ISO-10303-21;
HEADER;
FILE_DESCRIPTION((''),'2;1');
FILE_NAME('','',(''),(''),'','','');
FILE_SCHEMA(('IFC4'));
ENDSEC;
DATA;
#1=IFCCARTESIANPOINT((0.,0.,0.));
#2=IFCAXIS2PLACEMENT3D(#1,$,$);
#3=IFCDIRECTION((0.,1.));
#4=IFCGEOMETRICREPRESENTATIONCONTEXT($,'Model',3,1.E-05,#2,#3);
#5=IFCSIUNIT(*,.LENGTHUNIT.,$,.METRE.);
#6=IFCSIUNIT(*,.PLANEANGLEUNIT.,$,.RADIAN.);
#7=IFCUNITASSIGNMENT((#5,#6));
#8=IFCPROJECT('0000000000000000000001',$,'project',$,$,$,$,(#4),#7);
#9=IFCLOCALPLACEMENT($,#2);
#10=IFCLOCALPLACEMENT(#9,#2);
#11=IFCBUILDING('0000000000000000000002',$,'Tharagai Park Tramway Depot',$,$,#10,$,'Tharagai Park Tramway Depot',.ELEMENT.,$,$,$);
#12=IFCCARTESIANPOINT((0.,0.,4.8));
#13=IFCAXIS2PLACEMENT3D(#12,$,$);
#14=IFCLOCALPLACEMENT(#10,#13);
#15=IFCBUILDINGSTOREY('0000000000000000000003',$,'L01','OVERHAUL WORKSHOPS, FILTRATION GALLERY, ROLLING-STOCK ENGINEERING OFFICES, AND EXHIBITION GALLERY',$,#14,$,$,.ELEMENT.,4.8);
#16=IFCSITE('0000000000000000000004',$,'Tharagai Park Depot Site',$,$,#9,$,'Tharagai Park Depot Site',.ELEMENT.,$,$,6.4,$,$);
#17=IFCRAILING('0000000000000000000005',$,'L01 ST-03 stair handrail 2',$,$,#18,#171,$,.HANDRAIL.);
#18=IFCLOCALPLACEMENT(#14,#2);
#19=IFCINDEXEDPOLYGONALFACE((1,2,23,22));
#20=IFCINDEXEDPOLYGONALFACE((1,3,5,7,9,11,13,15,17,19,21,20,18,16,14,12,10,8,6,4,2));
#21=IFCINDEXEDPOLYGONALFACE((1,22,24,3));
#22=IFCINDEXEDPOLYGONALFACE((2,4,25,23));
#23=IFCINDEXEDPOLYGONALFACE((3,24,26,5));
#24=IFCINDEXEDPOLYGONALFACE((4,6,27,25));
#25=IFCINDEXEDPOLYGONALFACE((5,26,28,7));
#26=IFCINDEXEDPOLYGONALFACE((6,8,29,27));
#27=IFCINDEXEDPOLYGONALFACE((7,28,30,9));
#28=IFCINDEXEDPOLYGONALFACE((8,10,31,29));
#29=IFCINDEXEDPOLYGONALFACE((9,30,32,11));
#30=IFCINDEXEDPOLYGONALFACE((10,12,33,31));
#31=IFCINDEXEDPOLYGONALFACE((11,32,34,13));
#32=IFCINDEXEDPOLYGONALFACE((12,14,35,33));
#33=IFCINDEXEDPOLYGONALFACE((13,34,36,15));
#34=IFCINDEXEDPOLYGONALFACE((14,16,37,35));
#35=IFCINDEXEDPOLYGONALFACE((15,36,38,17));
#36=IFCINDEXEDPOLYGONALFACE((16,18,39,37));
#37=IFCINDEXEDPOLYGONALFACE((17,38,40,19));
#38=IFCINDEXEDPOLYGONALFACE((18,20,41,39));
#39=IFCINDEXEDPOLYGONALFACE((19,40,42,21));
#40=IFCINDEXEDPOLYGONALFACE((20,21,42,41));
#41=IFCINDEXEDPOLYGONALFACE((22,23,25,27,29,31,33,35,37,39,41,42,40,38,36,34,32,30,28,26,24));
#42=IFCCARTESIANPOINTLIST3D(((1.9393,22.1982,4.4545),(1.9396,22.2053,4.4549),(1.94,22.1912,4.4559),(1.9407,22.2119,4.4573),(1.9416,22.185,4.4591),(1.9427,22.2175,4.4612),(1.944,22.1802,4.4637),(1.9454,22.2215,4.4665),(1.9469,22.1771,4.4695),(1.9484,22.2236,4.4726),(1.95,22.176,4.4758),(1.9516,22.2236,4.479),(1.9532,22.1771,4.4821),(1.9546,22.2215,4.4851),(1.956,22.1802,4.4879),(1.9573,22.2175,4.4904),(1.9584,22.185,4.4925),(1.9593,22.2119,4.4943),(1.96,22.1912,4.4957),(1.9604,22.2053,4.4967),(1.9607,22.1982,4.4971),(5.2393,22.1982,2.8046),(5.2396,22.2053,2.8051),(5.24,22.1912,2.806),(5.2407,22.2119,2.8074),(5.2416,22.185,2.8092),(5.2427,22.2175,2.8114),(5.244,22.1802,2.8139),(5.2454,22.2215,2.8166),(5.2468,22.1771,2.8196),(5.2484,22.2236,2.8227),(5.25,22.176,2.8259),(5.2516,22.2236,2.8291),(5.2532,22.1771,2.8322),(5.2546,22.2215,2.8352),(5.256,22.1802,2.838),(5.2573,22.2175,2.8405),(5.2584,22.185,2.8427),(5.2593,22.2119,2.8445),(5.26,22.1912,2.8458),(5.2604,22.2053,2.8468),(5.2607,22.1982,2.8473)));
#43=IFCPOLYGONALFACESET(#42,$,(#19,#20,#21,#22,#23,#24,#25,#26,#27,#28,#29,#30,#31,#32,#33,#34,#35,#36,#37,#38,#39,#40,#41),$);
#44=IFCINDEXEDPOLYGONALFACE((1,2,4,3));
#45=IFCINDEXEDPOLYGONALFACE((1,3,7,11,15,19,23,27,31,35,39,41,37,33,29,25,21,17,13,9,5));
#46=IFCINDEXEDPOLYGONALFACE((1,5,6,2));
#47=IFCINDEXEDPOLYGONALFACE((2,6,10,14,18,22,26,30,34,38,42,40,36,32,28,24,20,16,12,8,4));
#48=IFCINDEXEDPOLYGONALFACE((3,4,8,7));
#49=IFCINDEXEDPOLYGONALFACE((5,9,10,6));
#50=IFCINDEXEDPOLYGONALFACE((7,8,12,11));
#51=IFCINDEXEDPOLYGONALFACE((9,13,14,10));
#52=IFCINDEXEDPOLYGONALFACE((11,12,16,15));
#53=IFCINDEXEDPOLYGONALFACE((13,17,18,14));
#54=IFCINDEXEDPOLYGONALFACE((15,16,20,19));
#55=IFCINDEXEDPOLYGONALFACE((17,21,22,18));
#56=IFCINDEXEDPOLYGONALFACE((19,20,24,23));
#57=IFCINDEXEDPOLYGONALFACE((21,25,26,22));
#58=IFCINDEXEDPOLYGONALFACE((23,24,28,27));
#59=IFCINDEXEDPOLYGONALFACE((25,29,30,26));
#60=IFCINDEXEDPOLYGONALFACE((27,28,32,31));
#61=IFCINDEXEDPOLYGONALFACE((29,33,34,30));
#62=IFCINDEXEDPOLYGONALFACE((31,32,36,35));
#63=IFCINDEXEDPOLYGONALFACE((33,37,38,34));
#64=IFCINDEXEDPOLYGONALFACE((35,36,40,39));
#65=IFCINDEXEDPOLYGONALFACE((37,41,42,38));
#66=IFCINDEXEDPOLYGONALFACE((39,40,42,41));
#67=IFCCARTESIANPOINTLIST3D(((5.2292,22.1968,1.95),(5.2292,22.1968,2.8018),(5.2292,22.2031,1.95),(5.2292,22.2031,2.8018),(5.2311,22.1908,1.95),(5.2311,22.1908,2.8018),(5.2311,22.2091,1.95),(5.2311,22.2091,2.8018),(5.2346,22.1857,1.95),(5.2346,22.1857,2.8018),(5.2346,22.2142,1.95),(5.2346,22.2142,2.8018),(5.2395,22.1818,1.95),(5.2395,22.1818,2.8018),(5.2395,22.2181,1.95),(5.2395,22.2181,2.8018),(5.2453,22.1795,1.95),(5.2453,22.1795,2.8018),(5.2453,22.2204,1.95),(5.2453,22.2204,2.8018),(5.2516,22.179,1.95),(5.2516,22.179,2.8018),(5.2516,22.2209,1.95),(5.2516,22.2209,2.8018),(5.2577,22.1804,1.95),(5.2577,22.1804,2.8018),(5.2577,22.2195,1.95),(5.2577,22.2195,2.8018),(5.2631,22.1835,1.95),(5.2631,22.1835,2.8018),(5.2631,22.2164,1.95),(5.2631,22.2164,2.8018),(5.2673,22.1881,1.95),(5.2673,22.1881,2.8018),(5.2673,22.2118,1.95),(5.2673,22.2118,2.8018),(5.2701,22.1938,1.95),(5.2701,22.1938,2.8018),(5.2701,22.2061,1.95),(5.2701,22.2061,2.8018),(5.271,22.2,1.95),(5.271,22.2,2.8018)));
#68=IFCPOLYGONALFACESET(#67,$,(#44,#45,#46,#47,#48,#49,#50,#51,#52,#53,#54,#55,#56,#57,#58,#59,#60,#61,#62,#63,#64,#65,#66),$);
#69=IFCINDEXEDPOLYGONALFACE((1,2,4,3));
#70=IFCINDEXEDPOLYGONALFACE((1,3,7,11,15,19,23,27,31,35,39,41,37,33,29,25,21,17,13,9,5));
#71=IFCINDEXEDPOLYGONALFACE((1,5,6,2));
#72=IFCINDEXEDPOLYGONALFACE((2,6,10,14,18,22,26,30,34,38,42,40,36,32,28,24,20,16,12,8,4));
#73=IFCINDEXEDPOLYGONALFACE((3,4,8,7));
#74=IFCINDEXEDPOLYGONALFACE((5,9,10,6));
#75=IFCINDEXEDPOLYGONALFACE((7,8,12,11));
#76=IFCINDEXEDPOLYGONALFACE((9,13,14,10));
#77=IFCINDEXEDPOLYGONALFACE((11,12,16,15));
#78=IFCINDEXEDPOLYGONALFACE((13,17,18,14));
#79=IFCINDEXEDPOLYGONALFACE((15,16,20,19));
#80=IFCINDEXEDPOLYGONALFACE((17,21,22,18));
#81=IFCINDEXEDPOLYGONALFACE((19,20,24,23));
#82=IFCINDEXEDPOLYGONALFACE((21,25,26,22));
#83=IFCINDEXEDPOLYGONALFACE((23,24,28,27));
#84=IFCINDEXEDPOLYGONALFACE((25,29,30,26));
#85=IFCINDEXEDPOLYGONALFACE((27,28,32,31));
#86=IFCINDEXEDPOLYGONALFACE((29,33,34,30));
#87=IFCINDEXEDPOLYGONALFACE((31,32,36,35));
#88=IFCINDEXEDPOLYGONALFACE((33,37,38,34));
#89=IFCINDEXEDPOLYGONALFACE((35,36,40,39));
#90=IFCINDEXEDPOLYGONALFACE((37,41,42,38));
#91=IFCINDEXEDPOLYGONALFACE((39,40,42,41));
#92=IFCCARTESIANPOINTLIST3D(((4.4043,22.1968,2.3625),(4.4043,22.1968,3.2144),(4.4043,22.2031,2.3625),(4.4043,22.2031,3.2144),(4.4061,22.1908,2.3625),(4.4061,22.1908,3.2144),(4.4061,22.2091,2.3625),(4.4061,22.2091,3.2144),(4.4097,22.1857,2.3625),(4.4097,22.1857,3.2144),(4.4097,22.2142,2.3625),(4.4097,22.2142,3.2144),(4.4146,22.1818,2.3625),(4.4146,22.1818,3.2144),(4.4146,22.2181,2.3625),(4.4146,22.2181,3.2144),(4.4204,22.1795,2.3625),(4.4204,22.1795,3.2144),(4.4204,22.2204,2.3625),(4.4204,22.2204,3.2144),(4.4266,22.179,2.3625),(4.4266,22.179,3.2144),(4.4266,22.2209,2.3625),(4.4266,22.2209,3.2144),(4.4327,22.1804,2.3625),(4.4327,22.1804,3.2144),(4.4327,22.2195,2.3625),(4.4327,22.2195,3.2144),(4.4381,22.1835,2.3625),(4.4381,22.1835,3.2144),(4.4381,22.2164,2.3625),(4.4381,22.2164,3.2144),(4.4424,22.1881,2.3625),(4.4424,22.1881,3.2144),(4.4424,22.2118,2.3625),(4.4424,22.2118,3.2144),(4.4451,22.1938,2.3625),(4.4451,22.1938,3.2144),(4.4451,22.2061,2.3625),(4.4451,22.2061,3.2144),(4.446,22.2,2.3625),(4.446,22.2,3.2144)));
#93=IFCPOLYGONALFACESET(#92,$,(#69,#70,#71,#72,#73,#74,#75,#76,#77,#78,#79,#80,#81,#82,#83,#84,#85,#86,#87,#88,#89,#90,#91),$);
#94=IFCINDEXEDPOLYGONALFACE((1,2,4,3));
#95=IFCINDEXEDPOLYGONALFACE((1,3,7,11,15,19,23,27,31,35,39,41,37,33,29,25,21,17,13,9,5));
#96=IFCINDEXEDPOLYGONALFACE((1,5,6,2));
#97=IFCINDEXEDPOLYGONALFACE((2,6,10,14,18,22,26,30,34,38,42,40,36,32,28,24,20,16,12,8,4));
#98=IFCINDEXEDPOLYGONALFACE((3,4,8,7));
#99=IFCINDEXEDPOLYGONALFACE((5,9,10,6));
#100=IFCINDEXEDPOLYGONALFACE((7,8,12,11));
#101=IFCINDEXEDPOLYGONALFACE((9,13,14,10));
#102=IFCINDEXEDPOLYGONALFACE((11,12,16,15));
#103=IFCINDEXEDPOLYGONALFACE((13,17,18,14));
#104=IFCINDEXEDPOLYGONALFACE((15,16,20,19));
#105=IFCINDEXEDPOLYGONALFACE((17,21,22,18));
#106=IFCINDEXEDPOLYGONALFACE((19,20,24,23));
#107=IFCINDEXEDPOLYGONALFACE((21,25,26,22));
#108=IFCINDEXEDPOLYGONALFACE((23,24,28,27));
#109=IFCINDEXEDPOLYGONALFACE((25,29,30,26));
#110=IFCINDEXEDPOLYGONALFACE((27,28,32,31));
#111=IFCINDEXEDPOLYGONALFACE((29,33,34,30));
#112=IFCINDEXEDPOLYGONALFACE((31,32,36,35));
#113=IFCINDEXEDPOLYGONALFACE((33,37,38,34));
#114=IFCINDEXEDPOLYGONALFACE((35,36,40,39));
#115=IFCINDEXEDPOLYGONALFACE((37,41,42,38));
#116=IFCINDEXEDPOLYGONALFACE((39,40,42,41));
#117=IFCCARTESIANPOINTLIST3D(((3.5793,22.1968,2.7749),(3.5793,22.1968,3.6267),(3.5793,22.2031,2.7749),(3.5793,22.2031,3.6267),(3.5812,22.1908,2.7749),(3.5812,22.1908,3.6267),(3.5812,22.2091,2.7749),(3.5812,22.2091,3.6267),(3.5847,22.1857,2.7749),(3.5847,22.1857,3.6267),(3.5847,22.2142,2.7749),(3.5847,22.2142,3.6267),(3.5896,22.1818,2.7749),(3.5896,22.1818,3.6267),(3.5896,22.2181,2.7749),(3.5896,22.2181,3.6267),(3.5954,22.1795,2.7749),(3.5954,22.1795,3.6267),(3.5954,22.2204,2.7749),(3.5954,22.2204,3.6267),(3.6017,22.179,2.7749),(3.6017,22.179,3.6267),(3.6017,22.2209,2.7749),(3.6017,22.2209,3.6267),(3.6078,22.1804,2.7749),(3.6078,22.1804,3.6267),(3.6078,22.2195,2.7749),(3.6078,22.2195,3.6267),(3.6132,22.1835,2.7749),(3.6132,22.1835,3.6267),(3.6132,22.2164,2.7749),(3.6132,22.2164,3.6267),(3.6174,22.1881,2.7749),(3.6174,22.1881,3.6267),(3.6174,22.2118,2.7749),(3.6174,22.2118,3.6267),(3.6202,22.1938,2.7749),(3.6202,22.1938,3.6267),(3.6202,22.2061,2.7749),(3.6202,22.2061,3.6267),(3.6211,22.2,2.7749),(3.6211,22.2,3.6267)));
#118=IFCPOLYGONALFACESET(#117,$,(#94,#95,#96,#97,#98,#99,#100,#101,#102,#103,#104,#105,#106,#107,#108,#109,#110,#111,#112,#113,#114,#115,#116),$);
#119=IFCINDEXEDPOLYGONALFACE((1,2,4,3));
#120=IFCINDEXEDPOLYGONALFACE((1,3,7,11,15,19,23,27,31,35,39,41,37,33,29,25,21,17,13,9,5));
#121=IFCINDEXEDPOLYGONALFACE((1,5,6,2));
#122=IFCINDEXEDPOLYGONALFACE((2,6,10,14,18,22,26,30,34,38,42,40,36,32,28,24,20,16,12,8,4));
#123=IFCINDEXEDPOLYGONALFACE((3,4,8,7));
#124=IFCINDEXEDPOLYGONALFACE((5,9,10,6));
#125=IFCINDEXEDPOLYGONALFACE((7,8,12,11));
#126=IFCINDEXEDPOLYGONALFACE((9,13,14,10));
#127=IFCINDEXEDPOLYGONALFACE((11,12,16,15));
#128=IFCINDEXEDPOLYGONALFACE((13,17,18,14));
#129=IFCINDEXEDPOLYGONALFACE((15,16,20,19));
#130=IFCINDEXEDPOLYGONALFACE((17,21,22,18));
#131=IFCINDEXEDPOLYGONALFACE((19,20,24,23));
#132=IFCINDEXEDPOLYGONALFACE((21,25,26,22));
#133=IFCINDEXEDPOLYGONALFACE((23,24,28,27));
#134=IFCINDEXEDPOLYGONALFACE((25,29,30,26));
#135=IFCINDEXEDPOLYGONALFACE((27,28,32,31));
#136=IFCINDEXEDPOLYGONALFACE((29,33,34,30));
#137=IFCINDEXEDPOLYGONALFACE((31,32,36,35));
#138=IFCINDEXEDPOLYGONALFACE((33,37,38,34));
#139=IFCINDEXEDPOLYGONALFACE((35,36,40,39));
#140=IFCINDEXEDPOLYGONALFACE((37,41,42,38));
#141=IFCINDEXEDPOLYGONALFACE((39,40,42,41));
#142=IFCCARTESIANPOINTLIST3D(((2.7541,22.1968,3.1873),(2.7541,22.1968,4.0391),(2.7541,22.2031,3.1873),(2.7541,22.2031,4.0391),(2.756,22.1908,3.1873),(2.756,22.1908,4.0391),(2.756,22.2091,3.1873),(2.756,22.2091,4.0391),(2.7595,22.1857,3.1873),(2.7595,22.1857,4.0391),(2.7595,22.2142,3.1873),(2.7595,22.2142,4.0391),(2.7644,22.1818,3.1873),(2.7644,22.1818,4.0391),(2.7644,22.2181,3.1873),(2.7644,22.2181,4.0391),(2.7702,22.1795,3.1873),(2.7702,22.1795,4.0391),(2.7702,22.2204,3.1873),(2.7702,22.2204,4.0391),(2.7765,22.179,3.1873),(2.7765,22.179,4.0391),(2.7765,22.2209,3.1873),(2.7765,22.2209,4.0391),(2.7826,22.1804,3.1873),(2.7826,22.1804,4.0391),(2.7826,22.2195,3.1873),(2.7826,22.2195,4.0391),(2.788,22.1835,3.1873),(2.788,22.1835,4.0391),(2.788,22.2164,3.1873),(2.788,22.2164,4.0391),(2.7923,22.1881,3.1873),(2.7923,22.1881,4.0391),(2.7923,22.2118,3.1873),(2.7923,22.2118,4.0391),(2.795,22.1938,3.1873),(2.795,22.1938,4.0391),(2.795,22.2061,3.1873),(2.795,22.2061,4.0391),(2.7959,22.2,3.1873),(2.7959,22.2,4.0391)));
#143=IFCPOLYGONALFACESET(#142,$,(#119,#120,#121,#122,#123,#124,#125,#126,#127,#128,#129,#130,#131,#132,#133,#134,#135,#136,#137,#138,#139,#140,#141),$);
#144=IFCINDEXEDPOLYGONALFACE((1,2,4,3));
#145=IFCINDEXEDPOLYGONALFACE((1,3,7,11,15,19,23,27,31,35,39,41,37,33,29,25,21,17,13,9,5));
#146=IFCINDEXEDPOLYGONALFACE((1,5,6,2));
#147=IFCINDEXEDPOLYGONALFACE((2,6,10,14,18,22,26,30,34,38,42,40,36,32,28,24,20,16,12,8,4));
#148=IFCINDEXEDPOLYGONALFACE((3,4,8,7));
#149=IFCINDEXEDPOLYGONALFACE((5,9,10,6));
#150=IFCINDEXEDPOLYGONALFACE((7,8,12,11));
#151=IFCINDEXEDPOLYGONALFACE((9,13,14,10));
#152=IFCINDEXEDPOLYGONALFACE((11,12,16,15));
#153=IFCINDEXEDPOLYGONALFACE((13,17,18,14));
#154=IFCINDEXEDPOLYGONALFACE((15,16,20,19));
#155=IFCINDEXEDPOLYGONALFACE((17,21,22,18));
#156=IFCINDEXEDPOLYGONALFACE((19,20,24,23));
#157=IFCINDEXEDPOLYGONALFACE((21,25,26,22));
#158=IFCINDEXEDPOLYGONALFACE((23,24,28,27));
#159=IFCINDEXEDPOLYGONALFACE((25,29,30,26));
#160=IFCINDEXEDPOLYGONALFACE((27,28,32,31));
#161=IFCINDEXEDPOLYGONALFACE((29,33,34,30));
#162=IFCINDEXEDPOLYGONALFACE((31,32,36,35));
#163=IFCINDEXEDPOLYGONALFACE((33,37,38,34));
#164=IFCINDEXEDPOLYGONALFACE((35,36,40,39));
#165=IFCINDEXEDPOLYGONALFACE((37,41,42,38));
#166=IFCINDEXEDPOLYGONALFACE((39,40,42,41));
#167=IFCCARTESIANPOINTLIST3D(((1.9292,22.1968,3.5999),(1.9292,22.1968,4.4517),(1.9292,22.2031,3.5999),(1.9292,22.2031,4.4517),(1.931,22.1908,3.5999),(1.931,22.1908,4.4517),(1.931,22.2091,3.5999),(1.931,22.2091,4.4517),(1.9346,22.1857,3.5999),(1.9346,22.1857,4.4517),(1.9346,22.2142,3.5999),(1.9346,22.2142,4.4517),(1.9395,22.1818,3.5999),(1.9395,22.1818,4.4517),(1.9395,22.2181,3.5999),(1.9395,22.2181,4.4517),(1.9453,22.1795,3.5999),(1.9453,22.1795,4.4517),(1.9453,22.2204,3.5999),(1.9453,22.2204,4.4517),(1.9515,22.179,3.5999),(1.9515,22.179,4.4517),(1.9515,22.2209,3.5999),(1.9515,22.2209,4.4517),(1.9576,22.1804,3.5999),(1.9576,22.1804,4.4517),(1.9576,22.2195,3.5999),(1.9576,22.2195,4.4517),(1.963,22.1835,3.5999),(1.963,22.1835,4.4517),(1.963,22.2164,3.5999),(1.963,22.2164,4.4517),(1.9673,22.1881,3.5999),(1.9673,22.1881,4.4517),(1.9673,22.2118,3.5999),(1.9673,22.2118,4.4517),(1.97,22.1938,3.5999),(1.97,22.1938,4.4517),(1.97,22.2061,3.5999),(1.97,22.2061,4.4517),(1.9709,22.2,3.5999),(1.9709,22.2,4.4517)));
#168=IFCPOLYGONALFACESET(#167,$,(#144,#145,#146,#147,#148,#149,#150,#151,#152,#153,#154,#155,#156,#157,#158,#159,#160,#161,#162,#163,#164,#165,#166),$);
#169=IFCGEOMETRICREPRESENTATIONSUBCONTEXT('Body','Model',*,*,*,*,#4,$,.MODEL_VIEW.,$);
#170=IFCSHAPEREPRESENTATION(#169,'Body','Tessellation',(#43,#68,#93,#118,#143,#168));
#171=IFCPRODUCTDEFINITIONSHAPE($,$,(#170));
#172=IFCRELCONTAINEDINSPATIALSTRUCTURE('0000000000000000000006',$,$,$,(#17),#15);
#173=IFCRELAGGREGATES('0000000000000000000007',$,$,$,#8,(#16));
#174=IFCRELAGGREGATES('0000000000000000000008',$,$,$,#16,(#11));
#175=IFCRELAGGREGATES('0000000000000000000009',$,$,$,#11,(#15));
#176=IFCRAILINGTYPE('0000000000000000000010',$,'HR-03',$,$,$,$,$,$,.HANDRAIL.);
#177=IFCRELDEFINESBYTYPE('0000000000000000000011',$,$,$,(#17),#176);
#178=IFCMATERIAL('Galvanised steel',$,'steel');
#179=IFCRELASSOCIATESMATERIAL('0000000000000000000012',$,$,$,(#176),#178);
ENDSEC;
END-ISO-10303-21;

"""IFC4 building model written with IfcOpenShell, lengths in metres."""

from ifc_helpers import new_model, si_unit, direction, frame, origin, origin_2d, place, context, subcontext, project, spatial, circle, extrude, material, type_object, element, save


model = new_model("IFC4")

# Units and contexts
model_context = context("Model", 3, precision=1e-05, world=origin(), true_north=direction((0.0, 1.0)))
body_context = subcontext(model_context, "Body", "Model", "MODEL_VIEW")
ifc_project = project(units=[si_unit("LENGTHUNIT", "METRE"), si_unit("PLANEANGLEUNIT", "RADIAN")], contexts=[model_context])

# Site, building, storey
site_placement = place(None, origin())
site = spatial("IfcSite", under=ifc_project, at=site_placement, Name="Tharagai Park Depot Site", LongName="Tharagai Park Depot Site", CompositionType="ELEMENT", RefElevation=6.4)
building_placement = place(site_placement, origin())
building = spatial("IfcBuilding", under=site, at=building_placement, Name="Tharagai Park Tramway Depot", LongName="Tharagai Park Tramway Depot", CompositionType="ELEMENT")
storey_placement = place(building_placement, frame((0.0, 0.0, 4.8)))
storey = spatial("IfcBuildingStorey", under=building, at=storey_placement, Name="L01", Description="OVERHAUL WORKSHOPS, FILTRATION GALLERY, ROLLING-STOCK ENGINEERING OFFICES, AND EXHIBITION GALLERY", CompositionType="ELEMENT", Elevation=4.8)

# Shared definitions
ifc_material_1 = material(Name="Galvanised steel", Category="steel")

# Railing
railing_type_1 = type_object("IfcRailingType", Name="HR-03", PredefinedType="HANDRAIL", material=ifc_material_1)
railing_1_placement = place(storey_placement, frame((5.25, 22.2, 1.95)))
element("IfcRailing", 1, at=railing_1_placement, inside=storey, type_object=railing_type_1, Name="L01 ST-03 stair handrail 2", PredefinedType="HANDRAIL", context=body_context, shape_type="SweptSolid", body=[
    extrude(circle(Radius=0.0239, at=origin_2d()), frame((0.0, 0.0, 0.876), z_axis=(-0.89444, 0.0, 0.447187), x_axis=(0.0, -1.0, 0.0)), (0.0, 0.0, 1.0), 3.6895),
    extrude(circle(Radius=0.021, at=origin_2d()), origin(), (0.0, 0.0, 1.0), 0.8518),
    extrude(circle(Radius=0.021, at=origin_2d()), frame((-0.825, 0.0, 0.4126)), (0.0, 0.0, 1.0), 0.8518),
    extrude(circle(Radius=0.021, at=origin_2d()), frame((-1.6499, 0.0, 0.825)), (0.0, 0.0, 1.0), 0.8518),
    extrude(circle(Radius=0.021, at=origin_2d()), frame((-2.4751, 0.0, 1.2373)), (0.0, 0.0, 1.0), 0.8518),
    extrude(circle(Radius=0.021, at=origin_2d()), frame((-3.3, 0.0, 1.6499)), (0.0, 0.0, 1.0), 0.8518),
])

save(model, "model.ifc")
